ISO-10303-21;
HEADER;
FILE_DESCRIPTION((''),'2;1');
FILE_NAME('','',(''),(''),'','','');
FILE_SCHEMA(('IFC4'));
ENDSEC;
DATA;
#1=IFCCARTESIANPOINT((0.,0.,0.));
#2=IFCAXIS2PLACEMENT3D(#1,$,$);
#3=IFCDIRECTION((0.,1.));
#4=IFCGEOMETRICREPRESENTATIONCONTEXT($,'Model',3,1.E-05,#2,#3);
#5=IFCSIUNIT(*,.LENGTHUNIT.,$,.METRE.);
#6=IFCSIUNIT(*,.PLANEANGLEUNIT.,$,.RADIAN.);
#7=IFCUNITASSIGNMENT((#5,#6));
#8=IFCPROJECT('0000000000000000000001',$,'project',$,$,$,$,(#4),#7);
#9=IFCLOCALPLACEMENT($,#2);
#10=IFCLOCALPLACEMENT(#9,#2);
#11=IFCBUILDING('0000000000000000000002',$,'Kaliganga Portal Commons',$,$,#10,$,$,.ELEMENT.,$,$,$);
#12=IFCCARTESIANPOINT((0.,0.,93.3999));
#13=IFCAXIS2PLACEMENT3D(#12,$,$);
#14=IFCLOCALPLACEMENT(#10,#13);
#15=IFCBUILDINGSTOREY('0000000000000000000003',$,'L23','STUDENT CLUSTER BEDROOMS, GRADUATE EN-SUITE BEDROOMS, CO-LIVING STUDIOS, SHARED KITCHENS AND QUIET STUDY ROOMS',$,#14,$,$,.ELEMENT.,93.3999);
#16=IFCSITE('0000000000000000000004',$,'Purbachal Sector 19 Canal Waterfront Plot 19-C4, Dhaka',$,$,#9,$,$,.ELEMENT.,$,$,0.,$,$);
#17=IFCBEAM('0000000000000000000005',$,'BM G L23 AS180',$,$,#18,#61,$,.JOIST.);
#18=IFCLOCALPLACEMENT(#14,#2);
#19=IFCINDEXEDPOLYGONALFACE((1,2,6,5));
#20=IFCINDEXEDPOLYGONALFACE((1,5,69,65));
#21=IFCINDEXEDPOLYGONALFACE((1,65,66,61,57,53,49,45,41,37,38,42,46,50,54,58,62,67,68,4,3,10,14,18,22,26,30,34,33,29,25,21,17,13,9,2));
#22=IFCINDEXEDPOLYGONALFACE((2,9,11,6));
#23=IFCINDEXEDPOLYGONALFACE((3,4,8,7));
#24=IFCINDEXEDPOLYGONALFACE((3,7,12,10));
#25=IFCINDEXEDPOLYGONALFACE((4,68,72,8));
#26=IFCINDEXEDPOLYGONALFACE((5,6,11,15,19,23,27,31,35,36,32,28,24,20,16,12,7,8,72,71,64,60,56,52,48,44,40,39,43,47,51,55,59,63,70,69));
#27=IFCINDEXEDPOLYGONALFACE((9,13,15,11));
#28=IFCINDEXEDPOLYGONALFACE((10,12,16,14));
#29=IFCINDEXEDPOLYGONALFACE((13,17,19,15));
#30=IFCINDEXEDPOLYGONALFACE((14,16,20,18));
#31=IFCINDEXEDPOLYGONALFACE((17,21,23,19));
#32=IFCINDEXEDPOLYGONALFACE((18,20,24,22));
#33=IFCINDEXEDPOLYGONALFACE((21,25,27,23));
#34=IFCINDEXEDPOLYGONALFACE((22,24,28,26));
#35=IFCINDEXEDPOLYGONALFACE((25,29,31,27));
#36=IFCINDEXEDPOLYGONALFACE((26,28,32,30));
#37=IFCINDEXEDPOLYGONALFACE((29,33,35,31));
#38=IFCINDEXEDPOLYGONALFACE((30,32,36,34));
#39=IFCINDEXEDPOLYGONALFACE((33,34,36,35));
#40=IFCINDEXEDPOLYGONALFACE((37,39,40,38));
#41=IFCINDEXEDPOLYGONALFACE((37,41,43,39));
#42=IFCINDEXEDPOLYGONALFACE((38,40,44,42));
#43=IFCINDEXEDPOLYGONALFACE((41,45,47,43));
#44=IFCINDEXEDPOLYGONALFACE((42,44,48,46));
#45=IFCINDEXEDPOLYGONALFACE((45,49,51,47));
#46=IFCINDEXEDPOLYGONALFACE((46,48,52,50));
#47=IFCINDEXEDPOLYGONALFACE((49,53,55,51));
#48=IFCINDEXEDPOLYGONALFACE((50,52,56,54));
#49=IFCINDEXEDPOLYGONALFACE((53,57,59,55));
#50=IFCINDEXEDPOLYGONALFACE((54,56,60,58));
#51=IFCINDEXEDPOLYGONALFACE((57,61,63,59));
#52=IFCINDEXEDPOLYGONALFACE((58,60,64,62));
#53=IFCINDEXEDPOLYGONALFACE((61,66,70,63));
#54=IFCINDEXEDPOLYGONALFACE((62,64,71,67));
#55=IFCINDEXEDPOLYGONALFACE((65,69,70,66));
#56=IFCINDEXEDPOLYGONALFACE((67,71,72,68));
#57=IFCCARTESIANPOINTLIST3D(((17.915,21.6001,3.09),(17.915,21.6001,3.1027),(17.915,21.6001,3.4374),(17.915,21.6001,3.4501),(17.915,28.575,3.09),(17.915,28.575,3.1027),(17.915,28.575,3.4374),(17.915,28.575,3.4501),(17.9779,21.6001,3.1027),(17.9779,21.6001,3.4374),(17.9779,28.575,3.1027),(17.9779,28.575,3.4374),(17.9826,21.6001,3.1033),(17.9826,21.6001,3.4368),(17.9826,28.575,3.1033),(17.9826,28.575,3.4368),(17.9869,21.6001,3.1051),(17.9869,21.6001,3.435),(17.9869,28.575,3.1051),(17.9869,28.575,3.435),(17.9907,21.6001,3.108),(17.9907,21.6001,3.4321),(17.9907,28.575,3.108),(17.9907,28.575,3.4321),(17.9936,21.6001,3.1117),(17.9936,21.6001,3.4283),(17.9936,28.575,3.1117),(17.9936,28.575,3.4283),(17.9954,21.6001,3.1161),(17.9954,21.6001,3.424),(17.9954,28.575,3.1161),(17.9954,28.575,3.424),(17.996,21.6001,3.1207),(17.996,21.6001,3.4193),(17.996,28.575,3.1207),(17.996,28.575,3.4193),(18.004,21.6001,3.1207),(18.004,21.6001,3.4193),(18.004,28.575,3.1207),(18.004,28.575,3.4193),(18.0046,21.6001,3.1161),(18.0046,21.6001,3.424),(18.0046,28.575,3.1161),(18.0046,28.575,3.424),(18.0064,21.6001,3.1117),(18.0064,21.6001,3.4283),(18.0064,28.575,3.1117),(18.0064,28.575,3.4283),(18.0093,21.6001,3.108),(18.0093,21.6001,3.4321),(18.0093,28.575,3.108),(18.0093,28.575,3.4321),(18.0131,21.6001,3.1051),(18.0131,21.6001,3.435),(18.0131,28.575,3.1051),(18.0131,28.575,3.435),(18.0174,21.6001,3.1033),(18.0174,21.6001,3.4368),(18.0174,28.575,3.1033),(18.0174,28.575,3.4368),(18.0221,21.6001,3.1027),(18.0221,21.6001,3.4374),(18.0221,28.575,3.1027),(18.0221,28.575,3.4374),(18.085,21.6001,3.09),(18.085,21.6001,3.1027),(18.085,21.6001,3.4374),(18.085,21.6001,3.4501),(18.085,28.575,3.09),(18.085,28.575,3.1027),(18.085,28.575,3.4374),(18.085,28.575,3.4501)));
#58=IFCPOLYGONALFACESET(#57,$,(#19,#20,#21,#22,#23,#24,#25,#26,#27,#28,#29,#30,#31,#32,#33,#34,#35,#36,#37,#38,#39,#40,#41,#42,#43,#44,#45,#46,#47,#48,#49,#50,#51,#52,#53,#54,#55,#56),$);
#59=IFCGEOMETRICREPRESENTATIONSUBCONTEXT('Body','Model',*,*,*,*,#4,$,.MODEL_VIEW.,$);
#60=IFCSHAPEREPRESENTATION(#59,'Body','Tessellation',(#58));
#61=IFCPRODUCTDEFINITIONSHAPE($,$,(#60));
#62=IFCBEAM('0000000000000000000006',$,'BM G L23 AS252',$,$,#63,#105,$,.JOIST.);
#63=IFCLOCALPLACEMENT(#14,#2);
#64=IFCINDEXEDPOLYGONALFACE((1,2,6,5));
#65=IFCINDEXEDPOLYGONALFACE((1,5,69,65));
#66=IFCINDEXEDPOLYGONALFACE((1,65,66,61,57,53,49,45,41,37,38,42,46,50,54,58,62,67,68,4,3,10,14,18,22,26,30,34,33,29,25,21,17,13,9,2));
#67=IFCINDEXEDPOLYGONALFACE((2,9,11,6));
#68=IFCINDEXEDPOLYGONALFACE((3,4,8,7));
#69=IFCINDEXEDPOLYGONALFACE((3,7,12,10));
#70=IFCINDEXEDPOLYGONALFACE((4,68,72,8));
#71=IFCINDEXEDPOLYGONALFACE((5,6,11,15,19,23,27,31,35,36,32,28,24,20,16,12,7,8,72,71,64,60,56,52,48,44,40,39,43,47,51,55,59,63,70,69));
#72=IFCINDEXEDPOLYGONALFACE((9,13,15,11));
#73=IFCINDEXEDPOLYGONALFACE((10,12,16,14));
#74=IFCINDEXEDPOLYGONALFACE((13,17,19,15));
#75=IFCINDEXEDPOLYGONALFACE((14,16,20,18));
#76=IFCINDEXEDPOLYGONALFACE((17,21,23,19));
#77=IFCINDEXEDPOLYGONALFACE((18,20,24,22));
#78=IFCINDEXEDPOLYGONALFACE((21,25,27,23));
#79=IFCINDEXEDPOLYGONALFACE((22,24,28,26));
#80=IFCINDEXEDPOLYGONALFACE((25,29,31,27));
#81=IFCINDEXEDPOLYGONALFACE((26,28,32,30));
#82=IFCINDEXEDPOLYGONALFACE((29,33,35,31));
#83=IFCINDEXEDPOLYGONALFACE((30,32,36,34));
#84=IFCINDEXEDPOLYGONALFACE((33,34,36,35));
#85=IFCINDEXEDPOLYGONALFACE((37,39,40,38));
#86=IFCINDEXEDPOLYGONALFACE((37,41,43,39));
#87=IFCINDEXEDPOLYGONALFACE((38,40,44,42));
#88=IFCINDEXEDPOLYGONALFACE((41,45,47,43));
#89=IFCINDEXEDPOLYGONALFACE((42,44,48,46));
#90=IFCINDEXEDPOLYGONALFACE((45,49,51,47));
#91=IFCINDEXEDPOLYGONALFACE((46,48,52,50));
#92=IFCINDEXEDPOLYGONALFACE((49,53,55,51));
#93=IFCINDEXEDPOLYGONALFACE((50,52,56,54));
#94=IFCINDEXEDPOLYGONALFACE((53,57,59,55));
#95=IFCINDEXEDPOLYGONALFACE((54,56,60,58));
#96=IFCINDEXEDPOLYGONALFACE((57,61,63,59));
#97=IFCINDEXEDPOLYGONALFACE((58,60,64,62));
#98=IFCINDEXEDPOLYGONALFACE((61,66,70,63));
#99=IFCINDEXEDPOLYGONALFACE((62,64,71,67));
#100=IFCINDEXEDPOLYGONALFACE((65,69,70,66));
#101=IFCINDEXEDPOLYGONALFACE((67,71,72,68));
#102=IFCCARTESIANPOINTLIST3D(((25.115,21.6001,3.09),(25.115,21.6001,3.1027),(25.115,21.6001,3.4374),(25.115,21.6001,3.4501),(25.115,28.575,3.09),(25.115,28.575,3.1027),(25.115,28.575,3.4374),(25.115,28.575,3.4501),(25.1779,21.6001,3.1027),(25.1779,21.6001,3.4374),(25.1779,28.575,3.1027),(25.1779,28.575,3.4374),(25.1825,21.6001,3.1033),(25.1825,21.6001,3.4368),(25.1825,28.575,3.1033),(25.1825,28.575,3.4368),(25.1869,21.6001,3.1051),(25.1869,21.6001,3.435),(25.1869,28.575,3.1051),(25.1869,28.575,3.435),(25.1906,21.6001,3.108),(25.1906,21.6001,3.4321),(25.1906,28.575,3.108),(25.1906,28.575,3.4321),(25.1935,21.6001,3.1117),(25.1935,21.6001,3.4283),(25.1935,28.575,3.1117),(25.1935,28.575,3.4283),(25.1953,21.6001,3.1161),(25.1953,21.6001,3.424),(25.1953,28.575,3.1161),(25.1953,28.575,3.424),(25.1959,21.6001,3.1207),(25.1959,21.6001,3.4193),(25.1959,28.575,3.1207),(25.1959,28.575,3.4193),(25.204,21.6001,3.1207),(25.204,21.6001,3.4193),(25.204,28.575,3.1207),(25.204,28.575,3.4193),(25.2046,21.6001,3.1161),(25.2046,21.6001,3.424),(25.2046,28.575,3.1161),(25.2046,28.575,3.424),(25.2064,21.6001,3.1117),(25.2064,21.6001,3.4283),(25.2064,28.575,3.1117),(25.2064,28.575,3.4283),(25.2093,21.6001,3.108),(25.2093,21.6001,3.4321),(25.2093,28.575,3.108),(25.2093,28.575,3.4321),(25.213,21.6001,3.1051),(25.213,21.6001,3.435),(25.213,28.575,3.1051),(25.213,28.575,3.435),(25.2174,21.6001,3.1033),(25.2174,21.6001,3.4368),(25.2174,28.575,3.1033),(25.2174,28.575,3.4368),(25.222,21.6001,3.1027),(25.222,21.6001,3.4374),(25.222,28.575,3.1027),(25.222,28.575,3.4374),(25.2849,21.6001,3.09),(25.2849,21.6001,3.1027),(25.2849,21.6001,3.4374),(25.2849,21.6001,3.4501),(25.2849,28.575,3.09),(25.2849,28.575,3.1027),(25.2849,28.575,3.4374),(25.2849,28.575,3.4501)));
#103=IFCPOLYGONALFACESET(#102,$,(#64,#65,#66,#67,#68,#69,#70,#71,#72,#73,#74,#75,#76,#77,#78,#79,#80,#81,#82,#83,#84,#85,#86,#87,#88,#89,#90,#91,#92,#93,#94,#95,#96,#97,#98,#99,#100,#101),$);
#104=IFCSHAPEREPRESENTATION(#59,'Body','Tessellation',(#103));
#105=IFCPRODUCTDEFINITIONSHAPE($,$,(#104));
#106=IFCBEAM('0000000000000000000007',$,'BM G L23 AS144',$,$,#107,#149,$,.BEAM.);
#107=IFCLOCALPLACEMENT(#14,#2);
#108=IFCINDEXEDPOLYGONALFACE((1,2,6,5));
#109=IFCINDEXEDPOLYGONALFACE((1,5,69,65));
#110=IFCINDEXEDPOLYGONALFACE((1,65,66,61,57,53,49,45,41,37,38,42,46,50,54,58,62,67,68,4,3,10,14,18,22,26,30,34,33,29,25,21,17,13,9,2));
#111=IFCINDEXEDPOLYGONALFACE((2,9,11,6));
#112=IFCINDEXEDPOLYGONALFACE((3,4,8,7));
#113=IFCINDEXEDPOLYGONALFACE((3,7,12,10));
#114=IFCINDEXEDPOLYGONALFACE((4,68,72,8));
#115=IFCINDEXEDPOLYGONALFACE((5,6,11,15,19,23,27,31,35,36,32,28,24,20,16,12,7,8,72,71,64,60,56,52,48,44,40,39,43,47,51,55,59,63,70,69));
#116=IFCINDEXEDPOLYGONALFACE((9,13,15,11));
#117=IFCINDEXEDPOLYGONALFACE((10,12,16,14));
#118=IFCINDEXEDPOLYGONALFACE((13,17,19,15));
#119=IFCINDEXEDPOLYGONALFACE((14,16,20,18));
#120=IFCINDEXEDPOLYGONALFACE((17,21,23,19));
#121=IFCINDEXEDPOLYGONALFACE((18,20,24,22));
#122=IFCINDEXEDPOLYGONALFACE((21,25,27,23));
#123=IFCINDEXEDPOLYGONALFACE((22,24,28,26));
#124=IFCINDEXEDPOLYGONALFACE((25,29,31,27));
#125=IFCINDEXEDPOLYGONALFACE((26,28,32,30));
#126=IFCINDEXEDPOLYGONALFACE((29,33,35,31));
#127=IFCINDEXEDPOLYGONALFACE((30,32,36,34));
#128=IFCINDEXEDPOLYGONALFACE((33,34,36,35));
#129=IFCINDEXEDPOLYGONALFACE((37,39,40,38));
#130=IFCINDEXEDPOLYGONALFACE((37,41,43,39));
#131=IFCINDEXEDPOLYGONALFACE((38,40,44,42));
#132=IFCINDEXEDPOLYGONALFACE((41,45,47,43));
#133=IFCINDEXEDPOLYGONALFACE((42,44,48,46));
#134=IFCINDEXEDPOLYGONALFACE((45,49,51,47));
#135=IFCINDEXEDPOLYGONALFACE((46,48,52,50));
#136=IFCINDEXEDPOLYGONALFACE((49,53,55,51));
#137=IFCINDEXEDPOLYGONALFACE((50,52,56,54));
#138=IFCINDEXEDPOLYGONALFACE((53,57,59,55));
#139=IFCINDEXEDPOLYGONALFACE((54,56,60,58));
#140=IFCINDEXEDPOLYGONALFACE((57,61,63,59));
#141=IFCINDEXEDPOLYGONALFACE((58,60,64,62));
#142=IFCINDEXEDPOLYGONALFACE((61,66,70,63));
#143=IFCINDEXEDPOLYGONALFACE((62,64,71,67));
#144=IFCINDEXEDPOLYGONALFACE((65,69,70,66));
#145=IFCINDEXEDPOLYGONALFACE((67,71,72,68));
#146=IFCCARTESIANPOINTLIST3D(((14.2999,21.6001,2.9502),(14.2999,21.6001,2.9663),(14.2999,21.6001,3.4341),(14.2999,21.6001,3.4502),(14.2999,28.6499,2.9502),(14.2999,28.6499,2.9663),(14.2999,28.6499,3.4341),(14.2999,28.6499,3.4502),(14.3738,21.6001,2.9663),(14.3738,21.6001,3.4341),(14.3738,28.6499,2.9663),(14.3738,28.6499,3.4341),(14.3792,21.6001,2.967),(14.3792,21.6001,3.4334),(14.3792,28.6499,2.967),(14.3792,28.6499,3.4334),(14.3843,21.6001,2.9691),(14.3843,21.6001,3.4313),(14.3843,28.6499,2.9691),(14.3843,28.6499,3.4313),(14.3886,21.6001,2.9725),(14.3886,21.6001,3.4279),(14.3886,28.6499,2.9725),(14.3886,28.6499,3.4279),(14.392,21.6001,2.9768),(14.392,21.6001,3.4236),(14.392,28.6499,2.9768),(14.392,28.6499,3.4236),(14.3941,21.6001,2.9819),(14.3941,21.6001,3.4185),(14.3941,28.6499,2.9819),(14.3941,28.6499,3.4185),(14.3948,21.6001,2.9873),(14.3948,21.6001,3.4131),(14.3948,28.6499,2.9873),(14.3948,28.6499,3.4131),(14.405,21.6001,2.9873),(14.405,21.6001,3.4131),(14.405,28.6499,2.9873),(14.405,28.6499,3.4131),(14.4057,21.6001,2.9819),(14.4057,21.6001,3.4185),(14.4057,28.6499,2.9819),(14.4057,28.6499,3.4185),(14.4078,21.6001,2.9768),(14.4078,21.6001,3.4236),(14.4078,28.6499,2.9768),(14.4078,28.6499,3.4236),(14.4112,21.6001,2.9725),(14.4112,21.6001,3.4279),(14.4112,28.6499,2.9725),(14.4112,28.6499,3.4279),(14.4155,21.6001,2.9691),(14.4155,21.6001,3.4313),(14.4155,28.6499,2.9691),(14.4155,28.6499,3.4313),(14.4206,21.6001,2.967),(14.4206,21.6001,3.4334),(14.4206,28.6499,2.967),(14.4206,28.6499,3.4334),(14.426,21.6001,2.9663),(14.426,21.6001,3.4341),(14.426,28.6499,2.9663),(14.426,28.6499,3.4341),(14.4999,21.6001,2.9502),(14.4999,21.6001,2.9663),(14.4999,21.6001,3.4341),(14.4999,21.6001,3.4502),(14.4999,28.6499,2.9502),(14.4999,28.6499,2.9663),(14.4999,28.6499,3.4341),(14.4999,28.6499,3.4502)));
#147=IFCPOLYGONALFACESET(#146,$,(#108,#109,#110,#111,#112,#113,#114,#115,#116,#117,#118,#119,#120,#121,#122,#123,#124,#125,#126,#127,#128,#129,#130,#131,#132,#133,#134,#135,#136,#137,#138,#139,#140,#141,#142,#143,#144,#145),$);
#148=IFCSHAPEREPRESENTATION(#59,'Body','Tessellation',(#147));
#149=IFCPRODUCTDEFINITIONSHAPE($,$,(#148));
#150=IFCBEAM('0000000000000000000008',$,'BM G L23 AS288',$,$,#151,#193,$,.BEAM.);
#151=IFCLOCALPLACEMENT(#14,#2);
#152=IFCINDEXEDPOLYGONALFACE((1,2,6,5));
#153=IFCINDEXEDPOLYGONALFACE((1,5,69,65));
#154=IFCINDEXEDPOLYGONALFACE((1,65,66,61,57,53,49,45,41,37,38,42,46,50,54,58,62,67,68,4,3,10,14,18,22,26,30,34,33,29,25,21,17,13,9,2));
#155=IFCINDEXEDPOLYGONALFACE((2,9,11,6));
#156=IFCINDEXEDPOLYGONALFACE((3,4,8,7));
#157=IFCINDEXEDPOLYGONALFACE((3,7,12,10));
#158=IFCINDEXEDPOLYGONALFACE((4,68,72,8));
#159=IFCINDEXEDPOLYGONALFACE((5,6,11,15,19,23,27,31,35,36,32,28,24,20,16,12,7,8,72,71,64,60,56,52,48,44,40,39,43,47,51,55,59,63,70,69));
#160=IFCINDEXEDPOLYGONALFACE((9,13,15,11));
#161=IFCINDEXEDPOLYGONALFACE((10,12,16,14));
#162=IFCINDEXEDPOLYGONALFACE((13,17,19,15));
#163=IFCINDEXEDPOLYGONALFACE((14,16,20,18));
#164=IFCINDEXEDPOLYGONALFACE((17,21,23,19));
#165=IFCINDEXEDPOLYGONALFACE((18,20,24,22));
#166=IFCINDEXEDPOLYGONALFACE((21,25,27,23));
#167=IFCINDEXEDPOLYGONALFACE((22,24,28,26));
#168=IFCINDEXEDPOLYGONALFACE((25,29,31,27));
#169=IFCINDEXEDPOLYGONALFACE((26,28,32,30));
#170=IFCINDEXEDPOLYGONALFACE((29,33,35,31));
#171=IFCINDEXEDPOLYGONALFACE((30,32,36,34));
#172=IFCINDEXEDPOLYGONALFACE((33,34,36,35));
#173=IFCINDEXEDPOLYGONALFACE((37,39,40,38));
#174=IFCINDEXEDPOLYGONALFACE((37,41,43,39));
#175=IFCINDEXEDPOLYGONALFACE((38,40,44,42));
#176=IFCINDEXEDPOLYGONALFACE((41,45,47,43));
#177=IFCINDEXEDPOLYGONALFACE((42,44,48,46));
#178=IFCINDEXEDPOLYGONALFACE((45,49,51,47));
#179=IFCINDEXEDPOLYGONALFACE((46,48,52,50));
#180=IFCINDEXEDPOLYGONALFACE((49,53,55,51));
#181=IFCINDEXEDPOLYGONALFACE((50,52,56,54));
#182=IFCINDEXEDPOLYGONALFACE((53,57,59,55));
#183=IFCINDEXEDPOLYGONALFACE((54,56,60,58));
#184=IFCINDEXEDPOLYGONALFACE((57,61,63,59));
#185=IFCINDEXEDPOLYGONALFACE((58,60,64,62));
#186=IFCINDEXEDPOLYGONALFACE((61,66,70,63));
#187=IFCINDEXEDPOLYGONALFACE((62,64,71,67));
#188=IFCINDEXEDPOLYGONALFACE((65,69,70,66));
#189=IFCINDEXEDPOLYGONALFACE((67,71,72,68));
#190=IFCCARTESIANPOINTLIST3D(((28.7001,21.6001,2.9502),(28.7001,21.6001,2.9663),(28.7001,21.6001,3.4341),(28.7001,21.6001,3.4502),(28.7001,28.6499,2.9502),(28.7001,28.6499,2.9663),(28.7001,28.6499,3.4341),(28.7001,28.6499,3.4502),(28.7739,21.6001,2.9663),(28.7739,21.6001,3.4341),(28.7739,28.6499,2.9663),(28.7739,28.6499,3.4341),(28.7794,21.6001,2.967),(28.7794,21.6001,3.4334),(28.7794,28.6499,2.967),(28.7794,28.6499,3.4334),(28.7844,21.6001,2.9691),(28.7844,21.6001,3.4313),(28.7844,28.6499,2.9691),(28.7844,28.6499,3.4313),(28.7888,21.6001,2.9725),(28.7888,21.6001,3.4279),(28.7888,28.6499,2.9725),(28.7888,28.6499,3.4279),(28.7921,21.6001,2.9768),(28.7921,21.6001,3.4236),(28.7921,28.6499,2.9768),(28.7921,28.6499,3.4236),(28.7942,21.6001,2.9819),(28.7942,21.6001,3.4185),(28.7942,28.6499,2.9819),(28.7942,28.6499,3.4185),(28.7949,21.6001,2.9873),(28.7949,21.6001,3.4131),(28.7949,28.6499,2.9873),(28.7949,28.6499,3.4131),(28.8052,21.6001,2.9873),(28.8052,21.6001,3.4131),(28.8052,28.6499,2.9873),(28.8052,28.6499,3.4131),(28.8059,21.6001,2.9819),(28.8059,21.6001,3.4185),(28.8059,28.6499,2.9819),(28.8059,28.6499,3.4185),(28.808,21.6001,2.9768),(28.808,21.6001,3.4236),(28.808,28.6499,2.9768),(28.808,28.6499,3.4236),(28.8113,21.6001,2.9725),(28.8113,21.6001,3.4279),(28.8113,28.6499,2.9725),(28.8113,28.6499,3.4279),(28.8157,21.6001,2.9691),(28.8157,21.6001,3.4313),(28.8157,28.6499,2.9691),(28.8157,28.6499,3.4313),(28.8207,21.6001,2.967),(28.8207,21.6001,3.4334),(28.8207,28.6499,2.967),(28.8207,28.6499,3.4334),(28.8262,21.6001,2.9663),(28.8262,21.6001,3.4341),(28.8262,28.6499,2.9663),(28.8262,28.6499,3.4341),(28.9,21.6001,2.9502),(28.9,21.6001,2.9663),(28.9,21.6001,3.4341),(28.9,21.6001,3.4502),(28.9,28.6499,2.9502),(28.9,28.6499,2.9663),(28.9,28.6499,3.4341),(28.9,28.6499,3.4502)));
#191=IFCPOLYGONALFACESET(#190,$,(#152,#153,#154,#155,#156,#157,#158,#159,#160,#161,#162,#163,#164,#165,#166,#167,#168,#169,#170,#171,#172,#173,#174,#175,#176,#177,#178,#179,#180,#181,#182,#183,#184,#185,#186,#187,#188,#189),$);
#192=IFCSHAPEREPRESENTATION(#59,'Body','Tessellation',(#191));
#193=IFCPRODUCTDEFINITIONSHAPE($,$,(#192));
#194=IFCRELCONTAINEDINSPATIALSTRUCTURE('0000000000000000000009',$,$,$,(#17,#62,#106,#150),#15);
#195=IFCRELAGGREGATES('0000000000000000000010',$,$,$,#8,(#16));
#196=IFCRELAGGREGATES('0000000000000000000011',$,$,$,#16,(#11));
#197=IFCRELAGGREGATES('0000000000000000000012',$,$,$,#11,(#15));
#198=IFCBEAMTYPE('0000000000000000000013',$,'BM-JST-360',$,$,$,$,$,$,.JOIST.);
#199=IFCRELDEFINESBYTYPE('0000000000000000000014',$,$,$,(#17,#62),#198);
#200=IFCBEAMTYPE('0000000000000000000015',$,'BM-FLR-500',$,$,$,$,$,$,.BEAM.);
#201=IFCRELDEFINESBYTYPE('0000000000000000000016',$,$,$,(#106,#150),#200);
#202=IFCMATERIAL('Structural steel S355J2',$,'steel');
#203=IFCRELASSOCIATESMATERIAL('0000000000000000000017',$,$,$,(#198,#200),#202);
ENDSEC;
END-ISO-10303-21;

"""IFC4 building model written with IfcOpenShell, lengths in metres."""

from ifc_helpers import new_model, si_unit, direction, frame, origin, origin_2d, place, context, subcontext, project, spatial, i_section, extrude, source, transform, mapped, material, material_profile, profile_set, type_object, element, save


model = new_model("IFC4")

# Units and contexts
model_context = context("Model", 3, precision=1e-05, world=origin(), true_north=direction((0.0, 1.0)))
body_context = subcontext(model_context, "Body", "Model", "MODEL_VIEW")
ifc_project = project(units=[si_unit("LENGTHUNIT", "METRE"), si_unit("PLANEANGLEUNIT", "RADIAN")], contexts=[model_context])

# Site, building, storey
site_placement = place(None, origin())
site = spatial("IfcSite", under=ifc_project, at=site_placement, Name="Purbachal Sector 19 Canal Waterfront Plot 19-C4, Dhaka", CompositionType="ELEMENT", RefElevation=0.0)
building_placement = place(site_placement, origin())
building = spatial("IfcBuilding", under=site, at=building_placement, Name="Kaliganga Portal Commons", CompositionType="ELEMENT")
storey_placement = place(building_placement, frame((0.0, 0.0, 93.3999)))
storey = spatial("IfcBuildingStorey", under=building, at=storey_placement, Name="L23", Description="STUDENT CLUSTER BEDROOMS, GRADUATE EN-SUITE BEDROOMS, CO-LIVING STUDIOS, SHARED KITCHENS AND QUIET STUDY ROOMS", CompositionType="ELEMENT", Elevation=93.3999)

# Beams
ifc_material_1 = material(Name="Structural steel S355J2", Category="steel")
ifc_material_profile_1 = material_profile(ifc_material_1, i_section(OverallWidth=0.1699, OverallDepth=0.3601, WebThickness=0.0081, FlangeThickness=0.0127, FilletRadius=0.0181, at=origin_2d()), Name="IPE 360")
ifc_profile_set_1 = profile_set([ifc_material_profile_1], Name="Structural steel S355J2 wide-flange")
beam_type_1 = type_object("IfcBeamType", Name="BM-JST-360", PredefinedType="JOIST", material=ifc_profile_set_1)
shared_shape_1 = source(origin(), body_context, "Body", "SweptSolid", [
    extrude(i_section(OverallWidth=0.1699, OverallDepth=0.3601, WebThickness=0.0081, FlangeThickness=0.0127, FilletRadius=0.0181, at=origin_2d()), origin(), (0.0, 0.0, 1.0), 6.9749),
])
for number, where, z_axis, x_axis, name in (
    (1, (18.0, 21.6001, 3.27), (0.0, 1.0, 0.0), (-1.0, 0.0, 0.0), "BM G L23 AS180"),
    (2, (25.2, 21.6001, 3.27), (0.0, 1.0, 0.0), (-1.0, 0.0, 0.0), "BM G L23 AS252"),
):
    element("IfcBeam", number, at=place(storey_placement, frame(where, z_axis=z_axis, x_axis=x_axis)), inside=storey, type_object=beam_type_1, Name=name, PredefinedType="JOIST", context=body_context, shape_type="MappedRepresentation", body=[
        mapped(shared_shape_1, transform((0.0, 0.0, 0.0), x_axis=(1.0, 0.0, 0.0), y_axis=(0.0, 1.0, 0.0), z_axis=(0.0, 0.0, 1.0), scale=1.0)),
    ])
ifc_material_profile_2 = material_profile(ifc_material_1, i_section(OverallWidth=0.2, OverallDepth=0.5, WebThickness=0.0103, FlangeThickness=0.0161, FilletRadius=0.021, at=origin_2d()), Name="IPE 500")
ifc_profile_set_2 = profile_set([ifc_material_profile_2], Name="Structural steel S355J2 wide-flange")
beam_type_2 = type_object("IfcBeamType", Name="BM-FLR-500", PredefinedType="BEAM", material=ifc_profile_set_2)
shared_shape_2 = source(origin(), body_context, "Body", "SweptSolid", [
    extrude(i_section(OverallWidth=0.2, OverallDepth=0.5, WebThickness=0.0103, FlangeThickness=0.0161, FilletRadius=0.021, at=origin_2d()), origin(), (0.0, 0.0, 1.0), 7.0498),
])
for number, where, z_axis, x_axis, name in (
    (3, (14.3999, 21.6001, 3.2002), (0.0, 1.0, 0.0), (-1.0, 0.0, 0.0), "BM G L23 AS144"),
    (4, (28.8, 21.6001, 3.2002), (0.0, 1.0, 0.0), (-1.0, 0.0, 0.0), "BM G L23 AS288"),
):
    element("IfcBeam", number, at=place(storey_placement, frame(where, z_axis=z_axis, x_axis=x_axis)), inside=storey, type_object=beam_type_2, Name=name, PredefinedType="BEAM", context=body_context, shape_type="MappedRepresentation", body=[
        mapped(shared_shape_2, transform((0.0, 0.0, 0.0), x_axis=(1.0, 0.0, 0.0), y_axis=(0.0, 1.0, 0.0), z_axis=(0.0, 0.0, 1.0), scale=1.0)),
    ])

save(model, "model.ifc")
